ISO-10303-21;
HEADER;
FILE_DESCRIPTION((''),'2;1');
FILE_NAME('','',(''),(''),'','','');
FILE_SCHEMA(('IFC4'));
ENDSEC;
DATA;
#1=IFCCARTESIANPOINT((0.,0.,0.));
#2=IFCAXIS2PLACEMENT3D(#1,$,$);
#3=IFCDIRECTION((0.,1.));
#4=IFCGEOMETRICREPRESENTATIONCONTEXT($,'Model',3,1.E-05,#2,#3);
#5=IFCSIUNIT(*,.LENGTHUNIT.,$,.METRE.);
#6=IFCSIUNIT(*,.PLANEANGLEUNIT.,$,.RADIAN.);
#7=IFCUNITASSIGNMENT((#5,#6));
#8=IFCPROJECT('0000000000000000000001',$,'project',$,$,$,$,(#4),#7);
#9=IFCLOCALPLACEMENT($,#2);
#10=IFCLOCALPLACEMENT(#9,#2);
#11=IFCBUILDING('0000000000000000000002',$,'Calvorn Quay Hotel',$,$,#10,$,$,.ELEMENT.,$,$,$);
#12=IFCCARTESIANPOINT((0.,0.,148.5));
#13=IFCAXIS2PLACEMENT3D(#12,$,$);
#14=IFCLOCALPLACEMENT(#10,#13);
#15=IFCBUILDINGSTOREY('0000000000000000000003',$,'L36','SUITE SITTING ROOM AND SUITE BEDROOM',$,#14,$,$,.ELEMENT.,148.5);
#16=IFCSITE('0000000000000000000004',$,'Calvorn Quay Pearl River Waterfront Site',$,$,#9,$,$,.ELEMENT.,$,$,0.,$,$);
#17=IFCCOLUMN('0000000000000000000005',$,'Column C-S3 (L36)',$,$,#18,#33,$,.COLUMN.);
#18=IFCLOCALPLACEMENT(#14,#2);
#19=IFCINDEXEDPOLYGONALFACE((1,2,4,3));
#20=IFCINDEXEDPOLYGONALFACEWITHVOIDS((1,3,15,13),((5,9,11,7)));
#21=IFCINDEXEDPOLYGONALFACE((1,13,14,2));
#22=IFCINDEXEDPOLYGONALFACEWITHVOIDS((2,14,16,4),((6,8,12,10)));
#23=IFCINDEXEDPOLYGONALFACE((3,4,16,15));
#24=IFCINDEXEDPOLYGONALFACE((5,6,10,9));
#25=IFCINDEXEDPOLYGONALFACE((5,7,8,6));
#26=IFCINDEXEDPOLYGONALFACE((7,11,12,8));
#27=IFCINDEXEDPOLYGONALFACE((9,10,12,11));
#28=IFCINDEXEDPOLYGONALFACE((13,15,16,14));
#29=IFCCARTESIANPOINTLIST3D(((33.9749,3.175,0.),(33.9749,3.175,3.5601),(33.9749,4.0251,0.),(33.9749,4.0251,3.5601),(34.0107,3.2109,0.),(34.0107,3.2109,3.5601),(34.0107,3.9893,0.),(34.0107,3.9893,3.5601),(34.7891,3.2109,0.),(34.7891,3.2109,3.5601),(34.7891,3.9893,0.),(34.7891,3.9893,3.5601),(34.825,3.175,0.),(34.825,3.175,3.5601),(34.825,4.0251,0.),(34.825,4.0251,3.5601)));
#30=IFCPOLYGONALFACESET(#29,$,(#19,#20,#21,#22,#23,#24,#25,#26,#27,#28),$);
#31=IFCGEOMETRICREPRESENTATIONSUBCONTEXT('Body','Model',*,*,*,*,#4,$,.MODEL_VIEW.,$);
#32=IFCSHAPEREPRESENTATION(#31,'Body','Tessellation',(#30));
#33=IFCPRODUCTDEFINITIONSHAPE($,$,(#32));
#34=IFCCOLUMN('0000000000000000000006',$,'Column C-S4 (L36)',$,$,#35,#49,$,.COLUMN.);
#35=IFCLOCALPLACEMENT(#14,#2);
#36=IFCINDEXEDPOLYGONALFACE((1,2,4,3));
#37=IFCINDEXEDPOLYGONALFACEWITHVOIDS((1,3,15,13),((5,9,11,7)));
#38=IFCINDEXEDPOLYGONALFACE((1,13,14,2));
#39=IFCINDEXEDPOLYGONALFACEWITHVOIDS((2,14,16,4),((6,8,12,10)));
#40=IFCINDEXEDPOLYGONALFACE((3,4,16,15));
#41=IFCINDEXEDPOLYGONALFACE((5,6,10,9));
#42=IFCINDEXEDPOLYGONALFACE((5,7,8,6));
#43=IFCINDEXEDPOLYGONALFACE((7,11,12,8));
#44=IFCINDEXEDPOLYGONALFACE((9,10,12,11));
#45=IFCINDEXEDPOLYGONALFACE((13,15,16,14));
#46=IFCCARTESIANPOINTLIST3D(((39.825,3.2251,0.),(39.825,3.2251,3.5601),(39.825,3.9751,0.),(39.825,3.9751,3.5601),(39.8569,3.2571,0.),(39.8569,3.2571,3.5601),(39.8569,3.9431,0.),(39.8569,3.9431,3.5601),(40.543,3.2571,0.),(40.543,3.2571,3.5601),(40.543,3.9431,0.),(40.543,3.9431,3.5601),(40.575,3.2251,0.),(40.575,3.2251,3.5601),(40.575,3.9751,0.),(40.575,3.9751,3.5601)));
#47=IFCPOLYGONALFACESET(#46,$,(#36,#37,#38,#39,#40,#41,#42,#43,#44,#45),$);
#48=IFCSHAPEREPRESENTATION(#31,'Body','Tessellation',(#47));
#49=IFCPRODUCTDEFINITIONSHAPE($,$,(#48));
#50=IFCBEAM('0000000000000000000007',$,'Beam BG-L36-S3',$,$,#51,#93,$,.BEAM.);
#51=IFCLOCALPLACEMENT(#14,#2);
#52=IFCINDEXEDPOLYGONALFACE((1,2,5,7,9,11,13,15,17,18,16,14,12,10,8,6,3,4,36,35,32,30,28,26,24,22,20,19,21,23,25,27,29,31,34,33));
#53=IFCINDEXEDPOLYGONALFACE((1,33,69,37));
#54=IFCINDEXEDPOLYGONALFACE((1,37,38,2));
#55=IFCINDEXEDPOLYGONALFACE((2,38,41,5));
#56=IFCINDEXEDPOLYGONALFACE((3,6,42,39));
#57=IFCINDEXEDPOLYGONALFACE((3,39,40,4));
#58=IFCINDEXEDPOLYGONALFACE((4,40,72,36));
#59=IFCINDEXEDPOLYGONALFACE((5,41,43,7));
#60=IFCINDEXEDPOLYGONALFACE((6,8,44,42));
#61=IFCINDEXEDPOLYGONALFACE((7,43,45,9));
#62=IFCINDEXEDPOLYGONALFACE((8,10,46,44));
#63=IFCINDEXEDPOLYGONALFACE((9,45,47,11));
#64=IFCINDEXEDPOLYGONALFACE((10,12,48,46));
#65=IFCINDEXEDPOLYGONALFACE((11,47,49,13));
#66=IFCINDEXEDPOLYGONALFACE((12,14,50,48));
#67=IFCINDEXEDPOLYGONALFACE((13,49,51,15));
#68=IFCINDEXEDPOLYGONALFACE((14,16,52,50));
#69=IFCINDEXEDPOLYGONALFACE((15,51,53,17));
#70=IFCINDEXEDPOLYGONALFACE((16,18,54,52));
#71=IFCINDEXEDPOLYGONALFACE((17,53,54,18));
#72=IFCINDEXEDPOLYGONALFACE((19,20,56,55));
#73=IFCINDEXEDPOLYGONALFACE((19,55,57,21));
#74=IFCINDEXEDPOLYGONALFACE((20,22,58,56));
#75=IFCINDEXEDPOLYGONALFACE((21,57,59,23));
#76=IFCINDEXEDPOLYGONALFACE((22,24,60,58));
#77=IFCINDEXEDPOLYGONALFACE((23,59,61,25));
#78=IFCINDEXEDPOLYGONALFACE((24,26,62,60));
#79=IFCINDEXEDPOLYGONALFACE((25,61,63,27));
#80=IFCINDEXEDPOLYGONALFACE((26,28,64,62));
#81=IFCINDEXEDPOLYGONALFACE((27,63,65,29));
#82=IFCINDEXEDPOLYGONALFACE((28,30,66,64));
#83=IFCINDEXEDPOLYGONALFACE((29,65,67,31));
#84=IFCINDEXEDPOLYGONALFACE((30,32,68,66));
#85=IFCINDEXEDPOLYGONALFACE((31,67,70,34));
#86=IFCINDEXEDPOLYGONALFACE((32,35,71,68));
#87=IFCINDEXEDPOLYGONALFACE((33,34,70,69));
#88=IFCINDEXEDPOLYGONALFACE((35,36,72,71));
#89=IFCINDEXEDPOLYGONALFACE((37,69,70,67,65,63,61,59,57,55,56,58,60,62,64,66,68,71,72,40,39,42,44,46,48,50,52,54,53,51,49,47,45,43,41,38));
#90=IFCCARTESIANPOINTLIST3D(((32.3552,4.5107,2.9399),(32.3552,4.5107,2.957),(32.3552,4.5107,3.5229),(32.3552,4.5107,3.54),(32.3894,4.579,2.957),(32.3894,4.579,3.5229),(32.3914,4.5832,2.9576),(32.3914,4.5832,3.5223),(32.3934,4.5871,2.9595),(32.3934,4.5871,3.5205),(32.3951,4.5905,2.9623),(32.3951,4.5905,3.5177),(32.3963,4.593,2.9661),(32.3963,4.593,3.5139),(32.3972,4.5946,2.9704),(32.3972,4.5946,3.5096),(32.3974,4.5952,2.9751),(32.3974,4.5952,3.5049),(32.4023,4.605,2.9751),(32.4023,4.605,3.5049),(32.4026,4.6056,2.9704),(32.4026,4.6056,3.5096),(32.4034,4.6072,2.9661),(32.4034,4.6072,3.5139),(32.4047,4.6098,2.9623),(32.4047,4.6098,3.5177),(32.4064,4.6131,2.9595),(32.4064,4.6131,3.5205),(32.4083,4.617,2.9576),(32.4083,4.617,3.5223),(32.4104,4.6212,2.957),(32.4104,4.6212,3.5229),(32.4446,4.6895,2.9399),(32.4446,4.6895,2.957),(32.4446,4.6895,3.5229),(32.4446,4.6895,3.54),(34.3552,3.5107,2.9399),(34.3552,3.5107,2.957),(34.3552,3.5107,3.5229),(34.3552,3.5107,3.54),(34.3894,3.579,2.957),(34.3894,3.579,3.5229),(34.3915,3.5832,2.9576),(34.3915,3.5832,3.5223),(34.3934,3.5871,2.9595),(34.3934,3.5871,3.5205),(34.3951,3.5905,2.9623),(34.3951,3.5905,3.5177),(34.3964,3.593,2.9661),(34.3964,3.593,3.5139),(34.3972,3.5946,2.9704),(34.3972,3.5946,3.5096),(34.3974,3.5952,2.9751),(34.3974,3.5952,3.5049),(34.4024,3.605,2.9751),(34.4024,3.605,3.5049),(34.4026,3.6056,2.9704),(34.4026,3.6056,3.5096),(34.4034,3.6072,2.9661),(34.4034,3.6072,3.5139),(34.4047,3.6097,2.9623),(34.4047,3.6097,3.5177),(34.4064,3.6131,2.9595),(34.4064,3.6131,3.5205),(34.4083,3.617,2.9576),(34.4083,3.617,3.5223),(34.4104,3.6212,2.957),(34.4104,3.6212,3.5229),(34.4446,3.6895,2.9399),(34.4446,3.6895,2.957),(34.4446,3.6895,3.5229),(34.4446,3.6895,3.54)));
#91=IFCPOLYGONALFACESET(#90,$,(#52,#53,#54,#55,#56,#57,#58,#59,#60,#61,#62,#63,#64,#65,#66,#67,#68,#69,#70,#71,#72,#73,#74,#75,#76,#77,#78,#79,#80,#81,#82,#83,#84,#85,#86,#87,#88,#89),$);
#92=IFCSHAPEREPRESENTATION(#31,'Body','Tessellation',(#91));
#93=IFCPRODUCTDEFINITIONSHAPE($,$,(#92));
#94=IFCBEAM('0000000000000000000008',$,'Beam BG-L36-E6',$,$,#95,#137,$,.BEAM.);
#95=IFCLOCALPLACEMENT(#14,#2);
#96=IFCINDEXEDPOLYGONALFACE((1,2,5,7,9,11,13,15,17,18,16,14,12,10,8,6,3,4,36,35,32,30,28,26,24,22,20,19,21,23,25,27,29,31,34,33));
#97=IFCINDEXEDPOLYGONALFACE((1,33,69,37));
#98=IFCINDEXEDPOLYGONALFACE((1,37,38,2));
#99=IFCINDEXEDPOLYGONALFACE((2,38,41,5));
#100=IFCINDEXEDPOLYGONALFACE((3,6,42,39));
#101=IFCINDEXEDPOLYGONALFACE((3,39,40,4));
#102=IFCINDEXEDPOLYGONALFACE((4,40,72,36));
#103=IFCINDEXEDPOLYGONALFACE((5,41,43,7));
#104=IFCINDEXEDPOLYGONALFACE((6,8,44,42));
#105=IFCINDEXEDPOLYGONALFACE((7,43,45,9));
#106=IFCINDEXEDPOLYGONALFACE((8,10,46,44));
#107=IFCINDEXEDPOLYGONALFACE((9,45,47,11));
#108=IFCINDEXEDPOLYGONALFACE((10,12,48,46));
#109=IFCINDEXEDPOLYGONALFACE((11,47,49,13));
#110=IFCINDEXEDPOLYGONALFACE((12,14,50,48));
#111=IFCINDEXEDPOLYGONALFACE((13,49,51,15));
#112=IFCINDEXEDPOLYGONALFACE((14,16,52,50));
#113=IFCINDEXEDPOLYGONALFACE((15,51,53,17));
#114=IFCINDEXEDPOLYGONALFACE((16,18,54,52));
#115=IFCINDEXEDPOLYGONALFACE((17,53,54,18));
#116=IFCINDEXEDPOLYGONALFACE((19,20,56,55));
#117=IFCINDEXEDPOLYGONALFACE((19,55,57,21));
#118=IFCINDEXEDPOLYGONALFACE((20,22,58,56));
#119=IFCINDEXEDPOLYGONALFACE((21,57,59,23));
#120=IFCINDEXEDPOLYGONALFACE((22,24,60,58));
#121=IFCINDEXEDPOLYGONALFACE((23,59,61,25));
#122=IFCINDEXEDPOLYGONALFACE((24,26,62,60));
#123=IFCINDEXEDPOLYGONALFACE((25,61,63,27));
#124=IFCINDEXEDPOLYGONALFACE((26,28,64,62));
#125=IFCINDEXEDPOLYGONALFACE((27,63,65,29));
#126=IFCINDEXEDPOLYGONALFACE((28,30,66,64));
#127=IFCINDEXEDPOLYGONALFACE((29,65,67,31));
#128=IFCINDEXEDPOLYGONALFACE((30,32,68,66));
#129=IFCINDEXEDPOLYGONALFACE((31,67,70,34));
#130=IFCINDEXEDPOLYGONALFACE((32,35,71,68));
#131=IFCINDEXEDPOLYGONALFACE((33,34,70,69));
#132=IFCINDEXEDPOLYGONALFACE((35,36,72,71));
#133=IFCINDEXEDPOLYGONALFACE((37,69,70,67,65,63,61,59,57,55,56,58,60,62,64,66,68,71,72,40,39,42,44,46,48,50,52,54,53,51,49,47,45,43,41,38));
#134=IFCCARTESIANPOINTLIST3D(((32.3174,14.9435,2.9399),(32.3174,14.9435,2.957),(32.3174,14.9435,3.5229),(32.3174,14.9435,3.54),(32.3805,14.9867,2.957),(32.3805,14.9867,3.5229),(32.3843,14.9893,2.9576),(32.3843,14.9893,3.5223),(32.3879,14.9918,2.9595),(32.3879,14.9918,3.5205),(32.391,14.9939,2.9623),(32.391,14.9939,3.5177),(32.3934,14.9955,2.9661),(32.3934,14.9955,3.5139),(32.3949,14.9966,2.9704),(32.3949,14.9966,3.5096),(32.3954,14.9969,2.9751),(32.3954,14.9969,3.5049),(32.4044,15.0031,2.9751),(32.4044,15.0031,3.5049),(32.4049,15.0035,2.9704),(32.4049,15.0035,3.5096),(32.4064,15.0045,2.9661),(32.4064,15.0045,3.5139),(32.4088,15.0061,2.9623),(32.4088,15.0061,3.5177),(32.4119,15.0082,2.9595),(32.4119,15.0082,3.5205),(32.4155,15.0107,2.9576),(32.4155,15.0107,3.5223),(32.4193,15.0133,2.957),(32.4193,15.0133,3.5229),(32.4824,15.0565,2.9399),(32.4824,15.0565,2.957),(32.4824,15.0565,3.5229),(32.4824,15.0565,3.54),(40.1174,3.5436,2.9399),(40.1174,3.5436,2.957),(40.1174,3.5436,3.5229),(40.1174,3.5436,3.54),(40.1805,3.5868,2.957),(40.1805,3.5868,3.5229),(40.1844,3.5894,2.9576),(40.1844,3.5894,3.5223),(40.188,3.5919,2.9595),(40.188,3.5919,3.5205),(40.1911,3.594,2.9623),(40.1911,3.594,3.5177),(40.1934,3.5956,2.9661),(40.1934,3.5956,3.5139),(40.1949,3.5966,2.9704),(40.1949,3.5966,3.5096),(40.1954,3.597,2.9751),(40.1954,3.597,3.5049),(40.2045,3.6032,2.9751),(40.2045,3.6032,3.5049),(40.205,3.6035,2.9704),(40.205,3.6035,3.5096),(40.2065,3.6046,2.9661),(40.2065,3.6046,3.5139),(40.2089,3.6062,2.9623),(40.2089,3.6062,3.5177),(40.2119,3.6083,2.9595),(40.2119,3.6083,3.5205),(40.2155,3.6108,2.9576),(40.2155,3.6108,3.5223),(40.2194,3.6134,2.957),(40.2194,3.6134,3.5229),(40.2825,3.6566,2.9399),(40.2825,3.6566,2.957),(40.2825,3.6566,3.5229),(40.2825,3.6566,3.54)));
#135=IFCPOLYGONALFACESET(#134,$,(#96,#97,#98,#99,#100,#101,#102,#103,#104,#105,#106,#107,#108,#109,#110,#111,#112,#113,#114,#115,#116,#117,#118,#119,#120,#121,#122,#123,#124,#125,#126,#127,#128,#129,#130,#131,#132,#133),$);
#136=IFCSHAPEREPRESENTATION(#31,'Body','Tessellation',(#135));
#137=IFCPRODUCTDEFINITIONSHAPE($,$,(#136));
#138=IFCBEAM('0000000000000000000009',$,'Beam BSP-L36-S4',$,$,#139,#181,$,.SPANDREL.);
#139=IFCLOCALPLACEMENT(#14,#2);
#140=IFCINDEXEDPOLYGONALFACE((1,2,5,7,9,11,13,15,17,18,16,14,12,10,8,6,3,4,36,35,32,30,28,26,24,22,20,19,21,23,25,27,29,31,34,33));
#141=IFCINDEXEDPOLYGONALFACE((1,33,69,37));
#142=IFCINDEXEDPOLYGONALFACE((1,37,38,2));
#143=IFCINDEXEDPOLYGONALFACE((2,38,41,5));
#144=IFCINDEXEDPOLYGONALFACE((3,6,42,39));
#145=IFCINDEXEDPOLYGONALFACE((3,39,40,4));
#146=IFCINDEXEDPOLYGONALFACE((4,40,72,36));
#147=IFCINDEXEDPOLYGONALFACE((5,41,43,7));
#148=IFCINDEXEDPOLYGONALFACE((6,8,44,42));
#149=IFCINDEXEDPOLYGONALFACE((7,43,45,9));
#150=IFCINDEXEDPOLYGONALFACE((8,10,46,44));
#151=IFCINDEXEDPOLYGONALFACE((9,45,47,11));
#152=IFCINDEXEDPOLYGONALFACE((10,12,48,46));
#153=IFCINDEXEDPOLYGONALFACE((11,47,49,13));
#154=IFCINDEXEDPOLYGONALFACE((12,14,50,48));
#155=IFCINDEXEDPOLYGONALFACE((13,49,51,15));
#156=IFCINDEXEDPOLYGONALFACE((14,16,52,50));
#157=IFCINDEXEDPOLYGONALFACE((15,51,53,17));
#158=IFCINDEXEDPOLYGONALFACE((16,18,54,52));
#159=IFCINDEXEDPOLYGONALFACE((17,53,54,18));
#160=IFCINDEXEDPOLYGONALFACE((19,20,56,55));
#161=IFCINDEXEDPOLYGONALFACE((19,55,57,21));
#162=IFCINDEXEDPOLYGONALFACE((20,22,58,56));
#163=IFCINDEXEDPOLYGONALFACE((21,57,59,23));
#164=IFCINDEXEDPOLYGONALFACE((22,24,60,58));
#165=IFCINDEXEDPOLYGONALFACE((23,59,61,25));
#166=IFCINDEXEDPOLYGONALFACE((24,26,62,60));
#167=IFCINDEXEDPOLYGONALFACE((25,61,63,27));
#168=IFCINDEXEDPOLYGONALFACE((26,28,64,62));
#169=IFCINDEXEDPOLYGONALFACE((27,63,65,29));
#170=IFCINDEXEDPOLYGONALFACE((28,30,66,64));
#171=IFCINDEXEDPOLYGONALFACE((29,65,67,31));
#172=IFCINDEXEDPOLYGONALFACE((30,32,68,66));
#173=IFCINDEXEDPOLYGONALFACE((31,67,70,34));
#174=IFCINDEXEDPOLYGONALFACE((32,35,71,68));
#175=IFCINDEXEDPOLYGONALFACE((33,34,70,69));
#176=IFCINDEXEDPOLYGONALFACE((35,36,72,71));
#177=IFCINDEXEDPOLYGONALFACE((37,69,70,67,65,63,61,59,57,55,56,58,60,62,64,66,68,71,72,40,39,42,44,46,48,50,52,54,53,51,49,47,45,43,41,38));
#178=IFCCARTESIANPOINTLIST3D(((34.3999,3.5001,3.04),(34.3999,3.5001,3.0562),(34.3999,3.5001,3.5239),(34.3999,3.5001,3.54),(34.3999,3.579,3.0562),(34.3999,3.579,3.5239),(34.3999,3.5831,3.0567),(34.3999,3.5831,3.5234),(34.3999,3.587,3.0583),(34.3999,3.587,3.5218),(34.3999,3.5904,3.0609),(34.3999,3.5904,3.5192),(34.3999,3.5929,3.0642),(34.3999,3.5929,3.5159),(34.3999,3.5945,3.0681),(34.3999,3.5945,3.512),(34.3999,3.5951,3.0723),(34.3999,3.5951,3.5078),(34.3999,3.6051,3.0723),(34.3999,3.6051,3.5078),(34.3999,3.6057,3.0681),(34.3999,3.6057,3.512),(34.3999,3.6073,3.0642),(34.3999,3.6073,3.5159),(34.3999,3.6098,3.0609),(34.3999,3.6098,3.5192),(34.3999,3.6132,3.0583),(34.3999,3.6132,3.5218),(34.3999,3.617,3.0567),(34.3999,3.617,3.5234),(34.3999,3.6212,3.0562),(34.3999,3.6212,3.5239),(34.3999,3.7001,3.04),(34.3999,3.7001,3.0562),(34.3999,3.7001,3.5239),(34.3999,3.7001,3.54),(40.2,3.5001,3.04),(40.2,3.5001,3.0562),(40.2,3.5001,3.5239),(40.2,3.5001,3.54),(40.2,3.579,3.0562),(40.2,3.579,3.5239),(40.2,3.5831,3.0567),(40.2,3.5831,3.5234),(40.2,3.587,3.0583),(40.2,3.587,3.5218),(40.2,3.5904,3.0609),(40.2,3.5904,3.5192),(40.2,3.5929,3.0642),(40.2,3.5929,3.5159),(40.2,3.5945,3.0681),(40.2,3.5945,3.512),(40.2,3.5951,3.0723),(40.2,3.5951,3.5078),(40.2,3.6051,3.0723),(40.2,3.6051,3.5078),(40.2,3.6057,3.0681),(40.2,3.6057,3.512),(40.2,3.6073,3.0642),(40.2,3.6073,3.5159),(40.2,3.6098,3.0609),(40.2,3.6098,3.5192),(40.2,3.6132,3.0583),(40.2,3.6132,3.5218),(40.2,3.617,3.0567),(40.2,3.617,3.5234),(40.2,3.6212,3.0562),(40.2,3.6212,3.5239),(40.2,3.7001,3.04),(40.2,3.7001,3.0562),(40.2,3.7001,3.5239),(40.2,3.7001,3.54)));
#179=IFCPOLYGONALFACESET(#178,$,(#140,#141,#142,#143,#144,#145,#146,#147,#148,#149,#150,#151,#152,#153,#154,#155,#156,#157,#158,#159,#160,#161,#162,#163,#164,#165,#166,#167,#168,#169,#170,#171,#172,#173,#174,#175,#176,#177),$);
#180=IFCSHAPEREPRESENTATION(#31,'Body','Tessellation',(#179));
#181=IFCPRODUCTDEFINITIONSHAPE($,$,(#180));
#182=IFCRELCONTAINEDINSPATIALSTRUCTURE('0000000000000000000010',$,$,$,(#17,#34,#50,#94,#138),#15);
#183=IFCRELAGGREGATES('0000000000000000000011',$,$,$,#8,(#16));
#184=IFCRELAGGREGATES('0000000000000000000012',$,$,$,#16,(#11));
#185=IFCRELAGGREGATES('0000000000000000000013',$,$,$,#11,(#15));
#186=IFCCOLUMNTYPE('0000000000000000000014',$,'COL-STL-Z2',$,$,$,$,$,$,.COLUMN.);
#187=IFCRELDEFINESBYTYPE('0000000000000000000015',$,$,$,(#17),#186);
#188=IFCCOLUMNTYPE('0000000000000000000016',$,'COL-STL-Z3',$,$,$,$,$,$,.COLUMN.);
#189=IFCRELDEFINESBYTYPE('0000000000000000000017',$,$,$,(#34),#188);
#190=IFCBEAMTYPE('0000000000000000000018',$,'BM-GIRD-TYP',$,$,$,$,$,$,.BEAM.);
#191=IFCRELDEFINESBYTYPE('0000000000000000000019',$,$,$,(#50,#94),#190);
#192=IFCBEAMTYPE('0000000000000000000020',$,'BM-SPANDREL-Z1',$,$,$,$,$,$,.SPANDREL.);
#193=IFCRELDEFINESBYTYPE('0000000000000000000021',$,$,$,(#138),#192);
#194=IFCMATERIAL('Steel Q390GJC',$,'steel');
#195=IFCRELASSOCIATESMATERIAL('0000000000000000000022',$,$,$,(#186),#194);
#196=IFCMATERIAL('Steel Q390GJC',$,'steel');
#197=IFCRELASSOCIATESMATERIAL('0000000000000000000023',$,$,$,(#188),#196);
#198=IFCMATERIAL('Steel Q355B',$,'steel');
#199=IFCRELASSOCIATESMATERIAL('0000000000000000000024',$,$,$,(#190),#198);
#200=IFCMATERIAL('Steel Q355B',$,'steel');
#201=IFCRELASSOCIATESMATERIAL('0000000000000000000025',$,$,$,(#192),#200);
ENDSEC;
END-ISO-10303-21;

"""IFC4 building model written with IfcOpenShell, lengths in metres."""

from ifc_helpers import new_model, si_unit, direction, frame, origin, origin_2d, place, context, subcontext, project, spatial, hollow_rectangle, i_section, extrude, material, material_profile, profile_set, type_object, element, save


model = new_model("IFC4")

# Units and contexts
model_context = context("Model", 3, precision=1e-05, world=origin(), true_north=direction((0.0, 1.0)))
body_context = subcontext(model_context, "Body", "Model", "MODEL_VIEW")
ifc_project = project(units=[si_unit("LENGTHUNIT", "METRE"), si_unit("PLANEANGLEUNIT", "RADIAN")], contexts=[model_context])

# Site, building, storey
site_placement = place(None, origin())
site = spatial("IfcSite", under=ifc_project, at=site_placement, Name="Calvorn Quay Pearl River Waterfront Site", CompositionType="ELEMENT", RefElevation=0.0)
building_placement = place(site_placement, origin())
building = spatial("IfcBuilding", under=site, at=building_placement, Name="Calvorn Quay Hotel", CompositionType="ELEMENT")
storey_placement = place(building_placement, frame((0.0, 0.0, 148.5)))
storey = spatial("IfcBuildingStorey", under=building, at=storey_placement, Name="L36", Description="SUITE SITTING ROOM AND SUITE BEDROOM", CompositionType="ELEMENT", Elevation=148.5)

# Columns
ifc_material_1 = material(Name="Steel Q390GJC", Category="steel")
ifc_material_profile_1 = material_profile(ifc_material_1, hollow_rectangle(XDim=0.8501, YDim=0.8501, WallThickness=0.0359, at=origin_2d()), Name="BOX850x850x36")
ifc_profile_set_1 = profile_set([ifc_material_profile_1], Name="Steel Q390GJC")
column_type_1 = type_object("IfcColumnType", Name="COL-STL-Z2", PredefinedType="COLUMN", material=ifc_profile_set_1)
column_1_placement = place(storey_placement, frame((34.3999, 3.6001, 0.0), z_axis=(0.0, 0.0, 1.0), x_axis=(1.0, 0.0, 0.0)))
element("IfcColumn", 1, at=column_1_placement, inside=storey, type_object=column_type_1, Name="Column C-S3 (L36)", PredefinedType="COLUMN", context=body_context, shape_type="SweptSolid", body=[
    extrude(hollow_rectangle(XDim=0.8501, YDim=0.8501, WallThickness=0.0359, at=origin_2d()), origin(), (0.0, 0.0, 1.0), 3.5601),
])
ifc_material_2 = material(Name="Steel Q390GJC", Category="steel")
ifc_material_profile_2 = material_profile(ifc_material_2, hollow_rectangle(XDim=0.75, YDim=0.75, WallThickness=0.032, at=origin_2d()), Name="BOX750x750x32")
ifc_profile_set_2 = profile_set([ifc_material_profile_2], Name="Steel Q390GJC")
column_type_2 = type_object("IfcColumnType", Name="COL-STL-Z3", PredefinedType="COLUMN", material=ifc_profile_set_2)
column_2_placement = place(storey_placement, frame((40.2, 3.6001, 0.0), z_axis=(0.0, 0.0, 1.0), x_axis=(1.0, 0.0, 0.0)))
element("IfcColumn", 2, at=column_2_placement, inside=storey, type_object=column_type_2, Name="Column C-S4 (L36)", PredefinedType="COLUMN", context=body_context, shape_type="SweptSolid", body=[
    extrude(hollow_rectangle(XDim=0.75, YDim=0.75, WallThickness=0.032, at=origin_2d()), origin(), (0.0, 0.0, 1.0), 3.5601),
])

# Beams
ifc_material_3 = material(Name="Steel Q355B", Category="steel")
ifc_material_profile_3 = material_profile(ifc_material_3, i_section(OverallWidth=0.2, OverallDepth=0.6001, WebThickness=0.011, FlangeThickness=0.0171, FilletRadius=0.0181, at=origin_2d()), Name="HN600x200x11x17")
ifc_profile_set_3 = profile_set([ifc_material_profile_3], Name="Steel Q355B")
beam_type_1 = type_object("IfcBeamType", Name="BM-GIRD-TYP", PredefinedType="BEAM", material=ifc_profile_set_3)
beam_1_placement = place(storey_placement, frame((34.3999, 3.6001, 3.24), z_axis=(-0.894427, 0.447214, 0.0), x_axis=(-0.447214, -0.894427, 0.0)))
element("IfcBeam", 3, at=beam_1_placement, inside=storey, type_object=beam_type_1, Name="Beam BG-L36-S3", PredefinedType="BEAM", context=body_context, shape_type="SweptSolid", body=[
    extrude(i_section(OverallWidth=0.2, OverallDepth=0.6001, WebThickness=0.011, FlangeThickness=0.0171, FilletRadius=0.0181, at=origin_2d()), origin(), (0.0, 0.0, 1.0), 2.2361),
])
beam_2_placement = place(storey_placement, frame((40.2, 3.6001, 3.24), z_axis=(-0.56469, 0.825303, 0.0), x_axis=(-0.825303, -0.56469, 0.0)))
element("IfcBeam", 4, at=beam_2_placement, inside=storey, type_object=beam_type_1, Name="Beam BG-L36-E6", PredefinedType="BEAM", context=body_context, shape_type="SweptSolid", body=[
    extrude(i_section(OverallWidth=0.2, OverallDepth=0.6001, WebThickness=0.011, FlangeThickness=0.0171, FilletRadius=0.0181, at=origin_2d()), origin(), (0.0, 0.0, 1.0), 13.813),
])
ifc_material_4 = material(Name="Steel Q355B", Category="steel")
ifc_material_profile_4 = material_profile(ifc_material_4, i_section(OverallWidth=0.2, OverallDepth=0.5, WebThickness=0.01, FlangeThickness=0.0161, FilletRadius=0.0161, at=origin_2d()), Name="HN500x200x10x16")
ifc_profile_set_4 = profile_set([ifc_material_profile_4], Name="Steel Q355B")
beam_type_2 = type_object("IfcBeamType", Name="BM-SPANDREL-Z1", PredefinedType="SPANDREL", material=ifc_profile_set_4)
beam_3_placement = place(storey_placement, frame((34.3999, 3.6001, 3.29), z_axis=(1.0, 0.0, 0.0), x_axis=(0.0, 1.0, 0.0)))
element("IfcBeam", 5, at=beam_3_placement, inside=storey, type_object=beam_type_2, Name="Beam BSP-L36-S4", PredefinedType="SPANDREL", context=body_context, shape_type="SweptSolid", body=[
    extrude(i_section(OverallWidth=0.2, OverallDepth=0.5, WebThickness=0.01, FlangeThickness=0.0161, FilletRadius=0.0161, at=origin_2d()), origin(), (0.0, 0.0, 1.0), 5.8),
])

save(model, "model.ifc")
